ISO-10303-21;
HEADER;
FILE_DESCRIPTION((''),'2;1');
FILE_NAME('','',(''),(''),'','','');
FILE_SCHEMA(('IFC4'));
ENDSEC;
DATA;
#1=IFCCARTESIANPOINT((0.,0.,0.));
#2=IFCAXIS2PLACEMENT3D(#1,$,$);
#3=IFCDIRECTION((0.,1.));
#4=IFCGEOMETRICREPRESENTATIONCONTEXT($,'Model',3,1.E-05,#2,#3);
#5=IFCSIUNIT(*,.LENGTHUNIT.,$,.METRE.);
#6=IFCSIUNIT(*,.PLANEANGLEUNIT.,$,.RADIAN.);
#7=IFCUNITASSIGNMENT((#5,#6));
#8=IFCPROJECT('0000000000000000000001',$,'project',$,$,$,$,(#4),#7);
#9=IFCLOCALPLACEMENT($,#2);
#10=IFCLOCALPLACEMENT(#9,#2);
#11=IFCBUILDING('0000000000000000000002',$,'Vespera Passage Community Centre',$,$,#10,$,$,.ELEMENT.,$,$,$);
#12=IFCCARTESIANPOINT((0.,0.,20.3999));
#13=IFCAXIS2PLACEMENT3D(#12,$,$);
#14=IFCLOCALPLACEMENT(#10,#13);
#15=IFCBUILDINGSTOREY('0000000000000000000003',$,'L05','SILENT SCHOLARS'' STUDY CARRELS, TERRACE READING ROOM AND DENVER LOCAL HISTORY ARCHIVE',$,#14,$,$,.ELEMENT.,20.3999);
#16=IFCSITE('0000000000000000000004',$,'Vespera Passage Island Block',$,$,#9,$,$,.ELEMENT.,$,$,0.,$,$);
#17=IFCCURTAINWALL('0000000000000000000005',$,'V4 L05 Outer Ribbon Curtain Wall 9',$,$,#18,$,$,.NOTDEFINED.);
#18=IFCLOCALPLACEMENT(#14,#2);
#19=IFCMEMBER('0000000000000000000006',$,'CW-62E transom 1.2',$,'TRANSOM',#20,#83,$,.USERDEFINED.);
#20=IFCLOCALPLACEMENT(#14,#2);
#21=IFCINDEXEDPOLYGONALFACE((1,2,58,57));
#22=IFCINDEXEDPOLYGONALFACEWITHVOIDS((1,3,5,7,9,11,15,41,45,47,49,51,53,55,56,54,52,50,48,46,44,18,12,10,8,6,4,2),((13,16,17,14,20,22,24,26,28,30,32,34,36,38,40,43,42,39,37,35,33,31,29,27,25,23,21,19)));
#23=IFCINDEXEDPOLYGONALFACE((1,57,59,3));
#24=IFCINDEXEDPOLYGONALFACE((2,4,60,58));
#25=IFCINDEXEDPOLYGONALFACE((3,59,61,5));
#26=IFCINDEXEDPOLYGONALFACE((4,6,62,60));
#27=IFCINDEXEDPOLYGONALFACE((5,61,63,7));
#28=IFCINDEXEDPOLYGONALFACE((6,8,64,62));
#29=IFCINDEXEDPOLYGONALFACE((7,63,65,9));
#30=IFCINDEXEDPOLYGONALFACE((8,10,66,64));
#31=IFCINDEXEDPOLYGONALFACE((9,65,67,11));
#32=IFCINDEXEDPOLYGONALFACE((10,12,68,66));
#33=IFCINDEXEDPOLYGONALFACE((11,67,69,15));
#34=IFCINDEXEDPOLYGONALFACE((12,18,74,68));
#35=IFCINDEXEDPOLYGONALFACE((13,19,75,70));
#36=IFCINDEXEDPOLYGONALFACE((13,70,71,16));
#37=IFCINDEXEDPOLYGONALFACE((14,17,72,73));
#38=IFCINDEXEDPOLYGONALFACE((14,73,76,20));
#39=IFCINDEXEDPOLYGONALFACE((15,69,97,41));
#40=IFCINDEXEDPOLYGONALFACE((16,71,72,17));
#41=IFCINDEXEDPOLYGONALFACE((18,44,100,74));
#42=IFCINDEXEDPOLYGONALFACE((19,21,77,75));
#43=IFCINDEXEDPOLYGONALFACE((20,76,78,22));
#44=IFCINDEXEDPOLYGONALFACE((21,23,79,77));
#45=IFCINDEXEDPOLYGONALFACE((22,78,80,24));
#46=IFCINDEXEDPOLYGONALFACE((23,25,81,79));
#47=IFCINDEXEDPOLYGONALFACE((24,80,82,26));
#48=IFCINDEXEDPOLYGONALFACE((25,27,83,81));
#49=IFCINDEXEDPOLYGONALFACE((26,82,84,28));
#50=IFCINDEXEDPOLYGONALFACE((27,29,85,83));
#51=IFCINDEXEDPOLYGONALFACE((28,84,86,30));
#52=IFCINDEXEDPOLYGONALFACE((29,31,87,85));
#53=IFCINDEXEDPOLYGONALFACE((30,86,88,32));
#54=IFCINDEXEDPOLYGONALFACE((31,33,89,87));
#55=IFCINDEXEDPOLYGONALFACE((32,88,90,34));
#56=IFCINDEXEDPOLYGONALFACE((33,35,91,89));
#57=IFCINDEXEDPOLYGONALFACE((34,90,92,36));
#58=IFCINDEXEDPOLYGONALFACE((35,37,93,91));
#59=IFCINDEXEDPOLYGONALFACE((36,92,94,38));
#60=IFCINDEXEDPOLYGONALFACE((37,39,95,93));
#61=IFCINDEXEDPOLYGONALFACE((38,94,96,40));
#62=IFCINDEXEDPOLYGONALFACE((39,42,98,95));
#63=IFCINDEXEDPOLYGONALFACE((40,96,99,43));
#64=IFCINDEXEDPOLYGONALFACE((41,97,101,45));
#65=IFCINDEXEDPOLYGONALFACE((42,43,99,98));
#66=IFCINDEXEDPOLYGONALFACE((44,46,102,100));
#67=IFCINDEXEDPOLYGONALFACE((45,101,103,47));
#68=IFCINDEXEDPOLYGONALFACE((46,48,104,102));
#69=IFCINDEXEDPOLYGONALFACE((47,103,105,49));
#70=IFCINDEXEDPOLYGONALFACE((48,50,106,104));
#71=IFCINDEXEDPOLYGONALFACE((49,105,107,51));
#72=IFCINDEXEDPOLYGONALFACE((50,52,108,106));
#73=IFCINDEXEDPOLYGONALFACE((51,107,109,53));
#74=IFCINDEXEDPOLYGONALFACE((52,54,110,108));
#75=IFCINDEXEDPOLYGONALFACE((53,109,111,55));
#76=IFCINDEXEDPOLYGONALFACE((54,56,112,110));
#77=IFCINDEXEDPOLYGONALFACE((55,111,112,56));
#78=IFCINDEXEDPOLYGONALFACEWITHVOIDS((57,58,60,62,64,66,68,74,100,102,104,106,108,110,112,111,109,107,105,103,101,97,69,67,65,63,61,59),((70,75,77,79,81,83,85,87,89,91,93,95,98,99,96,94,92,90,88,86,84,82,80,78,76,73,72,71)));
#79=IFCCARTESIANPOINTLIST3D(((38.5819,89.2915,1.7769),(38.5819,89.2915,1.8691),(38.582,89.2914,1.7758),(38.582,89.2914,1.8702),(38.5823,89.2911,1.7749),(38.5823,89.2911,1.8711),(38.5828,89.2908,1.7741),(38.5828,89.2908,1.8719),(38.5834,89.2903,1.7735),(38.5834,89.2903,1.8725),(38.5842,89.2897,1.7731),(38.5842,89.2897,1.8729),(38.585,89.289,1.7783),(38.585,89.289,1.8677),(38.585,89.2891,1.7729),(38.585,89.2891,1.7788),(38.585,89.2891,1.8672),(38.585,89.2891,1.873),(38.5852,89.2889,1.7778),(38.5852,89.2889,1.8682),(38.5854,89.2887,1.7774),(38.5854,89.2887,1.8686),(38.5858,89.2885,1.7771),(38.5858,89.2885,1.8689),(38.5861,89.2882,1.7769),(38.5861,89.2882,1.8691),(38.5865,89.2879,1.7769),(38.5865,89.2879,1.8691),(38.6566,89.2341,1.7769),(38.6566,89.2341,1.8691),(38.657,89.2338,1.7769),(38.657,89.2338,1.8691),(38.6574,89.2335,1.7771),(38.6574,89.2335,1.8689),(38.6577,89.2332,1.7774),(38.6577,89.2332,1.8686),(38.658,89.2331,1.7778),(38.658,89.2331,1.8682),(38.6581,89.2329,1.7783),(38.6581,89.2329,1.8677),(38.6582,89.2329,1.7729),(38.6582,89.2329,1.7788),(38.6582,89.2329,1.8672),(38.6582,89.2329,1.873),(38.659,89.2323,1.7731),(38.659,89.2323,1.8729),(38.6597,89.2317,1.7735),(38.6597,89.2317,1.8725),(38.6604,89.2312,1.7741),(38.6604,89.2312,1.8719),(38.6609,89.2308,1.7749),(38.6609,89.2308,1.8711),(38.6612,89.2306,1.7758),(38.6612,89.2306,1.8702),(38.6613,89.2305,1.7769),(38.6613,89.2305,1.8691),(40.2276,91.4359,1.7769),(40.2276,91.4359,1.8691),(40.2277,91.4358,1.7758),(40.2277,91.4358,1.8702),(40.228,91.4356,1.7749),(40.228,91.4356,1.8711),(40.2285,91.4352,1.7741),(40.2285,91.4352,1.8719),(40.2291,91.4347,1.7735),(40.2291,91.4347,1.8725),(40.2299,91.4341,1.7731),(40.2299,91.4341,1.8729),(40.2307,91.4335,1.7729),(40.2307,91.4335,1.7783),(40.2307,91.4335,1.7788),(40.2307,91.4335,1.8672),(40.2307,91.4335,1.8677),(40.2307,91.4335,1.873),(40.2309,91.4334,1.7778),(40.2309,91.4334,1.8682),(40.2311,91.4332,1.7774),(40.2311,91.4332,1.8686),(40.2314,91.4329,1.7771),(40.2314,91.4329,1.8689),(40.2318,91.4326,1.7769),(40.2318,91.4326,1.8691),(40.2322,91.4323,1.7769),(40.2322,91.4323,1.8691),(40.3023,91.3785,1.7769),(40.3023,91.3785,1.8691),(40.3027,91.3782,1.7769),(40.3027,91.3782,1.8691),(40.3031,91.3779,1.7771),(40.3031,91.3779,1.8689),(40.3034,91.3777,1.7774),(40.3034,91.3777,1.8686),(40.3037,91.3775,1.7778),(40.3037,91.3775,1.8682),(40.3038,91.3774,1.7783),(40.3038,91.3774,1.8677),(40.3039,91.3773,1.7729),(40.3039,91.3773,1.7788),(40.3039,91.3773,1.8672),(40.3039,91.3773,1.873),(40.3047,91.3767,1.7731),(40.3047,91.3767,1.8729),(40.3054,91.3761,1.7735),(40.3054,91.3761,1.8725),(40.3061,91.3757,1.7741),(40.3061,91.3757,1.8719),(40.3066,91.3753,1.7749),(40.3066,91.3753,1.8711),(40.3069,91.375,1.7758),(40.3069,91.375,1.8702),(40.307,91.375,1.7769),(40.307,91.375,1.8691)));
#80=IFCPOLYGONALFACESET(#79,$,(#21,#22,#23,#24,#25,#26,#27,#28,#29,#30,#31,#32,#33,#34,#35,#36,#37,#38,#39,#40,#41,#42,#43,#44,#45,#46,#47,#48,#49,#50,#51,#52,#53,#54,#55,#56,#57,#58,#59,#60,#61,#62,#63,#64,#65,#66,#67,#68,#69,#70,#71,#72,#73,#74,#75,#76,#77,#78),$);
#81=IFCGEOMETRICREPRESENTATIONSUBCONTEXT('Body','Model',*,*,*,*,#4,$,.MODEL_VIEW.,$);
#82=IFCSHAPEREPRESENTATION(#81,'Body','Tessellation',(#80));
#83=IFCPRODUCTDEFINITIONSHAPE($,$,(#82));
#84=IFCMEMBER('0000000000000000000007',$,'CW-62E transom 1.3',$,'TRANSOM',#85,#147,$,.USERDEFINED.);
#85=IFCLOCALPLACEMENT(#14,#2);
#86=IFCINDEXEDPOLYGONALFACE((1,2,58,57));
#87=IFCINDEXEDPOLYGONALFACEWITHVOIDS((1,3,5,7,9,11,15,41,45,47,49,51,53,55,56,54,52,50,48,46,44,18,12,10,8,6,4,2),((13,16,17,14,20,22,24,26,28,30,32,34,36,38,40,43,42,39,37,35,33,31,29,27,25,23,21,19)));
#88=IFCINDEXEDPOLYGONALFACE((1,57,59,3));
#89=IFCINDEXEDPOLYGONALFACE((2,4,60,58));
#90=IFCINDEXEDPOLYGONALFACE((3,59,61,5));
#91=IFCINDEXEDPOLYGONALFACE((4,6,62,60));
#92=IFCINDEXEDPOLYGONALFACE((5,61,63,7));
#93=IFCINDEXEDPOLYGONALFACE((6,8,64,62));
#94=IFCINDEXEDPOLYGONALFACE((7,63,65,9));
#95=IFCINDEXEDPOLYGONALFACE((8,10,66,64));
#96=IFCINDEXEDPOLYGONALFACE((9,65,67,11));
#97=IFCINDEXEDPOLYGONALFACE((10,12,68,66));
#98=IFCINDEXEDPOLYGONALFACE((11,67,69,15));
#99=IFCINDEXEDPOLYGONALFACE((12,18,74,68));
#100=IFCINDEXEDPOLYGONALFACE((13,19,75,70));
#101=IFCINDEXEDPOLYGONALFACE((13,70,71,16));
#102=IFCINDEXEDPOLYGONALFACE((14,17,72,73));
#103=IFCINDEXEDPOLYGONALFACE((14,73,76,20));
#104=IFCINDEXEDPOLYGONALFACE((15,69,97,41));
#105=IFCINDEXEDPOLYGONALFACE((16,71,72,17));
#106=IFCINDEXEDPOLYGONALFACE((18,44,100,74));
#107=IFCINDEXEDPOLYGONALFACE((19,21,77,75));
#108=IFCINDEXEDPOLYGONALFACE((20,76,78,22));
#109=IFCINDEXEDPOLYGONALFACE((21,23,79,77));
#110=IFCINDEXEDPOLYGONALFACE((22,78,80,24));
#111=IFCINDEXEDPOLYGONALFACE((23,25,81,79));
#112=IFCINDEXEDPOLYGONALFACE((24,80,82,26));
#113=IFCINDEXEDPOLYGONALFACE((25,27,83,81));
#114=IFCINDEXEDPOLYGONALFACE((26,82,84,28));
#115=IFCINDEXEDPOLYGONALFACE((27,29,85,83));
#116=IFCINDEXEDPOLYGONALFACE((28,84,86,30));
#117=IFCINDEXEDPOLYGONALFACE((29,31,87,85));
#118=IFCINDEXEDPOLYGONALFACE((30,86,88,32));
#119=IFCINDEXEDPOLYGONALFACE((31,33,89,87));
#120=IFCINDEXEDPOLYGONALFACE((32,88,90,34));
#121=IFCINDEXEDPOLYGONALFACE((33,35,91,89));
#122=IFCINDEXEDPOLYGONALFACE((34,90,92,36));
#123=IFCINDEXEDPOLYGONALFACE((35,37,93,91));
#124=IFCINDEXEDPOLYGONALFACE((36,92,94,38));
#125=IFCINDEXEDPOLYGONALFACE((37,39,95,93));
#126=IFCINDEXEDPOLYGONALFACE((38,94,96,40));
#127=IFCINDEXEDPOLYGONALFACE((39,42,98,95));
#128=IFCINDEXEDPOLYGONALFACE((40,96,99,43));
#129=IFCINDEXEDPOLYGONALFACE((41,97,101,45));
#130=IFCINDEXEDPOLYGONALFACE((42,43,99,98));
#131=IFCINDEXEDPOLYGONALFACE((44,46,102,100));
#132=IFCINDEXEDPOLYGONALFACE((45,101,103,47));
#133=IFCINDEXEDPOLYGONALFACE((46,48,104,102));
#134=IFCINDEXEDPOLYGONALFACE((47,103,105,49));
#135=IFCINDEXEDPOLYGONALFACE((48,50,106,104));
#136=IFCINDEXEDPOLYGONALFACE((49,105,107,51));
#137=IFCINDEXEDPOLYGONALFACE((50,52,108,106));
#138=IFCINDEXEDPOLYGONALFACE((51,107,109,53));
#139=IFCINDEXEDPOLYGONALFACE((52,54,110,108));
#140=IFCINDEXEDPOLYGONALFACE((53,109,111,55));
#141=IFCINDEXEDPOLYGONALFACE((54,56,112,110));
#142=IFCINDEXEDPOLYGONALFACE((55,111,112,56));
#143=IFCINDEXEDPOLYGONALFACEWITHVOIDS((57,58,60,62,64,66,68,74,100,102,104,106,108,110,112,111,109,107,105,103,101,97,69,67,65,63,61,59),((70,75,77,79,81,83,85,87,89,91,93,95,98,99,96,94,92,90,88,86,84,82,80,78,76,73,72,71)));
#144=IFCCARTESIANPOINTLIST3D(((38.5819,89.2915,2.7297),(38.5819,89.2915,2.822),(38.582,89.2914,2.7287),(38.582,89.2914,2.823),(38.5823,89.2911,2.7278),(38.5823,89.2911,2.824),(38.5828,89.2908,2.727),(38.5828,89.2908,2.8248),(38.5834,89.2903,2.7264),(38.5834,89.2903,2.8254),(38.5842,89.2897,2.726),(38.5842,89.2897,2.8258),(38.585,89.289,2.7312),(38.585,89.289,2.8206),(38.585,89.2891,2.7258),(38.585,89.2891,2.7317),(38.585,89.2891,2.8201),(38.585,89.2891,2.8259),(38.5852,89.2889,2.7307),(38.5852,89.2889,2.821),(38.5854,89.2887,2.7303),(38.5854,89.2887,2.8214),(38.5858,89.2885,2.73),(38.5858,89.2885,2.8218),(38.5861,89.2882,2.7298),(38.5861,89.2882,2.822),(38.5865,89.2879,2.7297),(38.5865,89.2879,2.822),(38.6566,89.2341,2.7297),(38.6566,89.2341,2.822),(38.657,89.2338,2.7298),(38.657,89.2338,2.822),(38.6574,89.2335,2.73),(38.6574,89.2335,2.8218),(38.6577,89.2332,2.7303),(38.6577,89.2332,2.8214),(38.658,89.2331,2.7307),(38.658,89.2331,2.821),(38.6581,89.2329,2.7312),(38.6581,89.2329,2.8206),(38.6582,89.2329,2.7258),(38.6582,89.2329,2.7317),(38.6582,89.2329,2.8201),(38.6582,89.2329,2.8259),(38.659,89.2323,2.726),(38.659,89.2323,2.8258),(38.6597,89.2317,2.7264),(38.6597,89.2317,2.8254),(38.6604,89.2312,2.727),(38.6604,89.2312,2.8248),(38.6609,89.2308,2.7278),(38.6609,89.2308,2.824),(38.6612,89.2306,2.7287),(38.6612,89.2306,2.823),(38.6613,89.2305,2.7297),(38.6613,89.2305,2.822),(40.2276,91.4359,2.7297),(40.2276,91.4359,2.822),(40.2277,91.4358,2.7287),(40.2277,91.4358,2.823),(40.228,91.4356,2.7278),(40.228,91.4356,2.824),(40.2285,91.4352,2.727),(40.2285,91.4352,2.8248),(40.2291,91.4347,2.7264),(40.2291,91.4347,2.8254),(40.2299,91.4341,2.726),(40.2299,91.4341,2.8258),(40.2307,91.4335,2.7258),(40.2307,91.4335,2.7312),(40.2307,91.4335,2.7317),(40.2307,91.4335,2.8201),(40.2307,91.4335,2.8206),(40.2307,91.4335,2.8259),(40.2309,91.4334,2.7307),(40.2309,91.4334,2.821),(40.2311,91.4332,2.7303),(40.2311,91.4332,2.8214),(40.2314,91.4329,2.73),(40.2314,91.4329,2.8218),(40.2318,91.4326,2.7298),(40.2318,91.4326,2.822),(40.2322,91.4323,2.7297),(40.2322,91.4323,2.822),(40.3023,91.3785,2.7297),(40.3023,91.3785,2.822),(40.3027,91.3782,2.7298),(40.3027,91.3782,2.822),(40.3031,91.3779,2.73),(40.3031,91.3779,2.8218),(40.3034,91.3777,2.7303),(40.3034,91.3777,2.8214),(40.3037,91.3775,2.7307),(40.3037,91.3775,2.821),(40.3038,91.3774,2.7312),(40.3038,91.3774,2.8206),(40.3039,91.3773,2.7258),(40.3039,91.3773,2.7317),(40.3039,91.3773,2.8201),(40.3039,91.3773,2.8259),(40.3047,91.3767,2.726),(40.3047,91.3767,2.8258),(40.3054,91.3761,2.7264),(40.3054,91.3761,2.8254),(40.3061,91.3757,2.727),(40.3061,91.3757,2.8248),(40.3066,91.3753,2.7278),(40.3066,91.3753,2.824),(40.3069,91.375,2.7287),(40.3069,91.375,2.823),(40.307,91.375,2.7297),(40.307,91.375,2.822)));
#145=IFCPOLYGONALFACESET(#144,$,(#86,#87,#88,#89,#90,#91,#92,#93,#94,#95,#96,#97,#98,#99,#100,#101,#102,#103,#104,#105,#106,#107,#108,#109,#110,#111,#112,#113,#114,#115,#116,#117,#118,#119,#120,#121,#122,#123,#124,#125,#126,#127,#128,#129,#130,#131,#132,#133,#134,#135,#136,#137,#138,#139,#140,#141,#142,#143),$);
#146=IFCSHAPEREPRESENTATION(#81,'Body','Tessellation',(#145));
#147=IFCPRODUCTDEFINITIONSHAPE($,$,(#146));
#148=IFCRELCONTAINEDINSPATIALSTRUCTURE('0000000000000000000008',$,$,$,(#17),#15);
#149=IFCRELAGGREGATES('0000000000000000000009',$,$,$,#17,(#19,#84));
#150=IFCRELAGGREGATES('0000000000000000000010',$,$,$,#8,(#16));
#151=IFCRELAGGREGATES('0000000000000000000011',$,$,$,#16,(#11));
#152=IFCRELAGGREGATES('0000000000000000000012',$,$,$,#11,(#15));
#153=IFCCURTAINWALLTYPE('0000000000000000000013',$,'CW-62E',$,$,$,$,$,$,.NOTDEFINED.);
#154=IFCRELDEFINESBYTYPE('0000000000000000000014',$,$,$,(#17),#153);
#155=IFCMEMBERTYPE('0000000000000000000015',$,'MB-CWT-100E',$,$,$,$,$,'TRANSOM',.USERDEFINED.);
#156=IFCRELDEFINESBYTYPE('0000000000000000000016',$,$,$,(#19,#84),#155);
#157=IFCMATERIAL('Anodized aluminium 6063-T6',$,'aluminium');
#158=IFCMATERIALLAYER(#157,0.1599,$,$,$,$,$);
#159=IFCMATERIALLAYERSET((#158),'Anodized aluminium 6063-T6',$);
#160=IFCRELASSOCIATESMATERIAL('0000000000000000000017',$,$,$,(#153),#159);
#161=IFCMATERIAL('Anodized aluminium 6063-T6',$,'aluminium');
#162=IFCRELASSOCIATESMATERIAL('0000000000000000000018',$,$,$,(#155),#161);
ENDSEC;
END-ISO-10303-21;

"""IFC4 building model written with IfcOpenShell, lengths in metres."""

from ifc_helpers import new_model, si_unit, direction, frame, origin, origin_2d, place, context, subcontext, project, spatial, hollow_rectangle, extrude, material, layer, layer_set, material_profile, profile_set, type_object, element, aggregate, save


model = new_model("IFC4")

# Units and contexts
model_context = context("Model", 3, precision=1e-05, world=origin(), true_north=direction((0.0, 1.0)))
body_context = subcontext(model_context, "Body", "Model", "MODEL_VIEW")
ifc_project = project(units=[si_unit("LENGTHUNIT", "METRE"), si_unit("PLANEANGLEUNIT", "RADIAN")], contexts=[model_context])

# Site, building, storey
site_placement = place(None, origin())
site = spatial("IfcSite", under=ifc_project, at=site_placement, Name="Vespera Passage Island Block", CompositionType="ELEMENT", RefElevation=0.0)
building_placement = place(site_placement, origin())
building = spatial("IfcBuilding", under=site, at=building_placement, Name="Vespera Passage Community Centre", CompositionType="ELEMENT")
storey_placement = place(building_placement, frame((0.0, 0.0, 20.3999)))
storey = spatial("IfcBuildingStorey", under=building, at=storey_placement, Name="L05", Description="SILENT SCHOLARS' STUDY CARRELS, TERRACE READING ROOM AND DENVER LOCAL HISTORY ARCHIVE", CompositionType="ELEMENT", Elevation=20.3999)

# Curtain wall
ifc_material_1 = material(Name="Anodized aluminium 6063-T6", Category="aluminium")
ifc_layer_1 = layer(ifc_material_1, 0.1599)
ifc_layer_set_1 = layer_set([ifc_layer_1], Name="Anodized aluminium 6063-T6")
curtain_wall_type_1 = type_object("IfcCurtainWallType", Name="CW-62E", PredefinedType="NOTDEFINED", material=ifc_layer_set_1)
curtain_wall_1_placement = place(storey_placement, origin())
curtain_wall_1 = element("IfcCurtainWall", 1, at=curtain_wall_1_placement, inside=storey, type_object=curtain_wall_type_1, Name="V4 L05 Outer Ribbon Curtain Wall 9", PredefinedType="NOTDEFINED")

# Members
ifc_material_2 = material(Name="Anodized aluminium 6063-T6", Category="aluminium")
ifc_material_profile_1 = material_profile(ifc_material_2, hollow_rectangle(XDim=0.1001, YDim=0.1001, WallThickness=0.0039, InnerFilletRadius=0.002, OuterFilletRadius=0.0039, at=origin_2d()), Name="ALU100X100X4")
ifc_profile_set_1 = profile_set([ifc_material_profile_1], Name="Anodized aluminium 6063-T6")
member_type_1 = type_object("IfcMemberType", Name="MB-CWT-100E", ElementType="TRANSOM", PredefinedType="USERDEFINED", material=ifc_profile_set_1)
member_1_placement = place(storey_placement, frame((38.6216, 89.261, 1.823), z_axis=(0.608807, 0.793318, 0.0), x_axis=(-0.793318, 0.608807, 0.0)))
member_1 = element("IfcMember", 2, at=member_1_placement, type_object=member_type_1, Name="CW-62E transom 1.2", ObjectType="TRANSOM", PredefinedType="USERDEFINED", context=body_context, shape_type="SweptSolid", body=[
    extrude(hollow_rectangle(XDim=0.1001, YDim=0.1001, WallThickness=0.0039, InnerFilletRadius=0.002, OuterFilletRadius=0.0039, at=origin_2d()), origin(), (0.0, 0.0, 1.0), 2.7031),
])
member_2_placement = place(storey_placement, frame((38.6216, 89.261, 2.7759), z_axis=(0.608807, 0.793318, 0.0), x_axis=(-0.793318, 0.608807, 0.0)))
member_2 = element("IfcMember", 3, at=member_2_placement, type_object=member_type_1, Name="CW-62E transom 1.3", ObjectType="TRANSOM", PredefinedType="USERDEFINED", context=body_context, shape_type="SweptSolid", body=[
    extrude(hollow_rectangle(XDim=0.1001, YDim=0.1001, WallThickness=0.0039, InnerFilletRadius=0.002, OuterFilletRadius=0.0039, at=origin_2d()), origin(), (0.0, 0.0, 1.0), 2.7031),
])
aggregate(curtain_wall_1, [member_1, member_2])

save(model, "model.ifc")
